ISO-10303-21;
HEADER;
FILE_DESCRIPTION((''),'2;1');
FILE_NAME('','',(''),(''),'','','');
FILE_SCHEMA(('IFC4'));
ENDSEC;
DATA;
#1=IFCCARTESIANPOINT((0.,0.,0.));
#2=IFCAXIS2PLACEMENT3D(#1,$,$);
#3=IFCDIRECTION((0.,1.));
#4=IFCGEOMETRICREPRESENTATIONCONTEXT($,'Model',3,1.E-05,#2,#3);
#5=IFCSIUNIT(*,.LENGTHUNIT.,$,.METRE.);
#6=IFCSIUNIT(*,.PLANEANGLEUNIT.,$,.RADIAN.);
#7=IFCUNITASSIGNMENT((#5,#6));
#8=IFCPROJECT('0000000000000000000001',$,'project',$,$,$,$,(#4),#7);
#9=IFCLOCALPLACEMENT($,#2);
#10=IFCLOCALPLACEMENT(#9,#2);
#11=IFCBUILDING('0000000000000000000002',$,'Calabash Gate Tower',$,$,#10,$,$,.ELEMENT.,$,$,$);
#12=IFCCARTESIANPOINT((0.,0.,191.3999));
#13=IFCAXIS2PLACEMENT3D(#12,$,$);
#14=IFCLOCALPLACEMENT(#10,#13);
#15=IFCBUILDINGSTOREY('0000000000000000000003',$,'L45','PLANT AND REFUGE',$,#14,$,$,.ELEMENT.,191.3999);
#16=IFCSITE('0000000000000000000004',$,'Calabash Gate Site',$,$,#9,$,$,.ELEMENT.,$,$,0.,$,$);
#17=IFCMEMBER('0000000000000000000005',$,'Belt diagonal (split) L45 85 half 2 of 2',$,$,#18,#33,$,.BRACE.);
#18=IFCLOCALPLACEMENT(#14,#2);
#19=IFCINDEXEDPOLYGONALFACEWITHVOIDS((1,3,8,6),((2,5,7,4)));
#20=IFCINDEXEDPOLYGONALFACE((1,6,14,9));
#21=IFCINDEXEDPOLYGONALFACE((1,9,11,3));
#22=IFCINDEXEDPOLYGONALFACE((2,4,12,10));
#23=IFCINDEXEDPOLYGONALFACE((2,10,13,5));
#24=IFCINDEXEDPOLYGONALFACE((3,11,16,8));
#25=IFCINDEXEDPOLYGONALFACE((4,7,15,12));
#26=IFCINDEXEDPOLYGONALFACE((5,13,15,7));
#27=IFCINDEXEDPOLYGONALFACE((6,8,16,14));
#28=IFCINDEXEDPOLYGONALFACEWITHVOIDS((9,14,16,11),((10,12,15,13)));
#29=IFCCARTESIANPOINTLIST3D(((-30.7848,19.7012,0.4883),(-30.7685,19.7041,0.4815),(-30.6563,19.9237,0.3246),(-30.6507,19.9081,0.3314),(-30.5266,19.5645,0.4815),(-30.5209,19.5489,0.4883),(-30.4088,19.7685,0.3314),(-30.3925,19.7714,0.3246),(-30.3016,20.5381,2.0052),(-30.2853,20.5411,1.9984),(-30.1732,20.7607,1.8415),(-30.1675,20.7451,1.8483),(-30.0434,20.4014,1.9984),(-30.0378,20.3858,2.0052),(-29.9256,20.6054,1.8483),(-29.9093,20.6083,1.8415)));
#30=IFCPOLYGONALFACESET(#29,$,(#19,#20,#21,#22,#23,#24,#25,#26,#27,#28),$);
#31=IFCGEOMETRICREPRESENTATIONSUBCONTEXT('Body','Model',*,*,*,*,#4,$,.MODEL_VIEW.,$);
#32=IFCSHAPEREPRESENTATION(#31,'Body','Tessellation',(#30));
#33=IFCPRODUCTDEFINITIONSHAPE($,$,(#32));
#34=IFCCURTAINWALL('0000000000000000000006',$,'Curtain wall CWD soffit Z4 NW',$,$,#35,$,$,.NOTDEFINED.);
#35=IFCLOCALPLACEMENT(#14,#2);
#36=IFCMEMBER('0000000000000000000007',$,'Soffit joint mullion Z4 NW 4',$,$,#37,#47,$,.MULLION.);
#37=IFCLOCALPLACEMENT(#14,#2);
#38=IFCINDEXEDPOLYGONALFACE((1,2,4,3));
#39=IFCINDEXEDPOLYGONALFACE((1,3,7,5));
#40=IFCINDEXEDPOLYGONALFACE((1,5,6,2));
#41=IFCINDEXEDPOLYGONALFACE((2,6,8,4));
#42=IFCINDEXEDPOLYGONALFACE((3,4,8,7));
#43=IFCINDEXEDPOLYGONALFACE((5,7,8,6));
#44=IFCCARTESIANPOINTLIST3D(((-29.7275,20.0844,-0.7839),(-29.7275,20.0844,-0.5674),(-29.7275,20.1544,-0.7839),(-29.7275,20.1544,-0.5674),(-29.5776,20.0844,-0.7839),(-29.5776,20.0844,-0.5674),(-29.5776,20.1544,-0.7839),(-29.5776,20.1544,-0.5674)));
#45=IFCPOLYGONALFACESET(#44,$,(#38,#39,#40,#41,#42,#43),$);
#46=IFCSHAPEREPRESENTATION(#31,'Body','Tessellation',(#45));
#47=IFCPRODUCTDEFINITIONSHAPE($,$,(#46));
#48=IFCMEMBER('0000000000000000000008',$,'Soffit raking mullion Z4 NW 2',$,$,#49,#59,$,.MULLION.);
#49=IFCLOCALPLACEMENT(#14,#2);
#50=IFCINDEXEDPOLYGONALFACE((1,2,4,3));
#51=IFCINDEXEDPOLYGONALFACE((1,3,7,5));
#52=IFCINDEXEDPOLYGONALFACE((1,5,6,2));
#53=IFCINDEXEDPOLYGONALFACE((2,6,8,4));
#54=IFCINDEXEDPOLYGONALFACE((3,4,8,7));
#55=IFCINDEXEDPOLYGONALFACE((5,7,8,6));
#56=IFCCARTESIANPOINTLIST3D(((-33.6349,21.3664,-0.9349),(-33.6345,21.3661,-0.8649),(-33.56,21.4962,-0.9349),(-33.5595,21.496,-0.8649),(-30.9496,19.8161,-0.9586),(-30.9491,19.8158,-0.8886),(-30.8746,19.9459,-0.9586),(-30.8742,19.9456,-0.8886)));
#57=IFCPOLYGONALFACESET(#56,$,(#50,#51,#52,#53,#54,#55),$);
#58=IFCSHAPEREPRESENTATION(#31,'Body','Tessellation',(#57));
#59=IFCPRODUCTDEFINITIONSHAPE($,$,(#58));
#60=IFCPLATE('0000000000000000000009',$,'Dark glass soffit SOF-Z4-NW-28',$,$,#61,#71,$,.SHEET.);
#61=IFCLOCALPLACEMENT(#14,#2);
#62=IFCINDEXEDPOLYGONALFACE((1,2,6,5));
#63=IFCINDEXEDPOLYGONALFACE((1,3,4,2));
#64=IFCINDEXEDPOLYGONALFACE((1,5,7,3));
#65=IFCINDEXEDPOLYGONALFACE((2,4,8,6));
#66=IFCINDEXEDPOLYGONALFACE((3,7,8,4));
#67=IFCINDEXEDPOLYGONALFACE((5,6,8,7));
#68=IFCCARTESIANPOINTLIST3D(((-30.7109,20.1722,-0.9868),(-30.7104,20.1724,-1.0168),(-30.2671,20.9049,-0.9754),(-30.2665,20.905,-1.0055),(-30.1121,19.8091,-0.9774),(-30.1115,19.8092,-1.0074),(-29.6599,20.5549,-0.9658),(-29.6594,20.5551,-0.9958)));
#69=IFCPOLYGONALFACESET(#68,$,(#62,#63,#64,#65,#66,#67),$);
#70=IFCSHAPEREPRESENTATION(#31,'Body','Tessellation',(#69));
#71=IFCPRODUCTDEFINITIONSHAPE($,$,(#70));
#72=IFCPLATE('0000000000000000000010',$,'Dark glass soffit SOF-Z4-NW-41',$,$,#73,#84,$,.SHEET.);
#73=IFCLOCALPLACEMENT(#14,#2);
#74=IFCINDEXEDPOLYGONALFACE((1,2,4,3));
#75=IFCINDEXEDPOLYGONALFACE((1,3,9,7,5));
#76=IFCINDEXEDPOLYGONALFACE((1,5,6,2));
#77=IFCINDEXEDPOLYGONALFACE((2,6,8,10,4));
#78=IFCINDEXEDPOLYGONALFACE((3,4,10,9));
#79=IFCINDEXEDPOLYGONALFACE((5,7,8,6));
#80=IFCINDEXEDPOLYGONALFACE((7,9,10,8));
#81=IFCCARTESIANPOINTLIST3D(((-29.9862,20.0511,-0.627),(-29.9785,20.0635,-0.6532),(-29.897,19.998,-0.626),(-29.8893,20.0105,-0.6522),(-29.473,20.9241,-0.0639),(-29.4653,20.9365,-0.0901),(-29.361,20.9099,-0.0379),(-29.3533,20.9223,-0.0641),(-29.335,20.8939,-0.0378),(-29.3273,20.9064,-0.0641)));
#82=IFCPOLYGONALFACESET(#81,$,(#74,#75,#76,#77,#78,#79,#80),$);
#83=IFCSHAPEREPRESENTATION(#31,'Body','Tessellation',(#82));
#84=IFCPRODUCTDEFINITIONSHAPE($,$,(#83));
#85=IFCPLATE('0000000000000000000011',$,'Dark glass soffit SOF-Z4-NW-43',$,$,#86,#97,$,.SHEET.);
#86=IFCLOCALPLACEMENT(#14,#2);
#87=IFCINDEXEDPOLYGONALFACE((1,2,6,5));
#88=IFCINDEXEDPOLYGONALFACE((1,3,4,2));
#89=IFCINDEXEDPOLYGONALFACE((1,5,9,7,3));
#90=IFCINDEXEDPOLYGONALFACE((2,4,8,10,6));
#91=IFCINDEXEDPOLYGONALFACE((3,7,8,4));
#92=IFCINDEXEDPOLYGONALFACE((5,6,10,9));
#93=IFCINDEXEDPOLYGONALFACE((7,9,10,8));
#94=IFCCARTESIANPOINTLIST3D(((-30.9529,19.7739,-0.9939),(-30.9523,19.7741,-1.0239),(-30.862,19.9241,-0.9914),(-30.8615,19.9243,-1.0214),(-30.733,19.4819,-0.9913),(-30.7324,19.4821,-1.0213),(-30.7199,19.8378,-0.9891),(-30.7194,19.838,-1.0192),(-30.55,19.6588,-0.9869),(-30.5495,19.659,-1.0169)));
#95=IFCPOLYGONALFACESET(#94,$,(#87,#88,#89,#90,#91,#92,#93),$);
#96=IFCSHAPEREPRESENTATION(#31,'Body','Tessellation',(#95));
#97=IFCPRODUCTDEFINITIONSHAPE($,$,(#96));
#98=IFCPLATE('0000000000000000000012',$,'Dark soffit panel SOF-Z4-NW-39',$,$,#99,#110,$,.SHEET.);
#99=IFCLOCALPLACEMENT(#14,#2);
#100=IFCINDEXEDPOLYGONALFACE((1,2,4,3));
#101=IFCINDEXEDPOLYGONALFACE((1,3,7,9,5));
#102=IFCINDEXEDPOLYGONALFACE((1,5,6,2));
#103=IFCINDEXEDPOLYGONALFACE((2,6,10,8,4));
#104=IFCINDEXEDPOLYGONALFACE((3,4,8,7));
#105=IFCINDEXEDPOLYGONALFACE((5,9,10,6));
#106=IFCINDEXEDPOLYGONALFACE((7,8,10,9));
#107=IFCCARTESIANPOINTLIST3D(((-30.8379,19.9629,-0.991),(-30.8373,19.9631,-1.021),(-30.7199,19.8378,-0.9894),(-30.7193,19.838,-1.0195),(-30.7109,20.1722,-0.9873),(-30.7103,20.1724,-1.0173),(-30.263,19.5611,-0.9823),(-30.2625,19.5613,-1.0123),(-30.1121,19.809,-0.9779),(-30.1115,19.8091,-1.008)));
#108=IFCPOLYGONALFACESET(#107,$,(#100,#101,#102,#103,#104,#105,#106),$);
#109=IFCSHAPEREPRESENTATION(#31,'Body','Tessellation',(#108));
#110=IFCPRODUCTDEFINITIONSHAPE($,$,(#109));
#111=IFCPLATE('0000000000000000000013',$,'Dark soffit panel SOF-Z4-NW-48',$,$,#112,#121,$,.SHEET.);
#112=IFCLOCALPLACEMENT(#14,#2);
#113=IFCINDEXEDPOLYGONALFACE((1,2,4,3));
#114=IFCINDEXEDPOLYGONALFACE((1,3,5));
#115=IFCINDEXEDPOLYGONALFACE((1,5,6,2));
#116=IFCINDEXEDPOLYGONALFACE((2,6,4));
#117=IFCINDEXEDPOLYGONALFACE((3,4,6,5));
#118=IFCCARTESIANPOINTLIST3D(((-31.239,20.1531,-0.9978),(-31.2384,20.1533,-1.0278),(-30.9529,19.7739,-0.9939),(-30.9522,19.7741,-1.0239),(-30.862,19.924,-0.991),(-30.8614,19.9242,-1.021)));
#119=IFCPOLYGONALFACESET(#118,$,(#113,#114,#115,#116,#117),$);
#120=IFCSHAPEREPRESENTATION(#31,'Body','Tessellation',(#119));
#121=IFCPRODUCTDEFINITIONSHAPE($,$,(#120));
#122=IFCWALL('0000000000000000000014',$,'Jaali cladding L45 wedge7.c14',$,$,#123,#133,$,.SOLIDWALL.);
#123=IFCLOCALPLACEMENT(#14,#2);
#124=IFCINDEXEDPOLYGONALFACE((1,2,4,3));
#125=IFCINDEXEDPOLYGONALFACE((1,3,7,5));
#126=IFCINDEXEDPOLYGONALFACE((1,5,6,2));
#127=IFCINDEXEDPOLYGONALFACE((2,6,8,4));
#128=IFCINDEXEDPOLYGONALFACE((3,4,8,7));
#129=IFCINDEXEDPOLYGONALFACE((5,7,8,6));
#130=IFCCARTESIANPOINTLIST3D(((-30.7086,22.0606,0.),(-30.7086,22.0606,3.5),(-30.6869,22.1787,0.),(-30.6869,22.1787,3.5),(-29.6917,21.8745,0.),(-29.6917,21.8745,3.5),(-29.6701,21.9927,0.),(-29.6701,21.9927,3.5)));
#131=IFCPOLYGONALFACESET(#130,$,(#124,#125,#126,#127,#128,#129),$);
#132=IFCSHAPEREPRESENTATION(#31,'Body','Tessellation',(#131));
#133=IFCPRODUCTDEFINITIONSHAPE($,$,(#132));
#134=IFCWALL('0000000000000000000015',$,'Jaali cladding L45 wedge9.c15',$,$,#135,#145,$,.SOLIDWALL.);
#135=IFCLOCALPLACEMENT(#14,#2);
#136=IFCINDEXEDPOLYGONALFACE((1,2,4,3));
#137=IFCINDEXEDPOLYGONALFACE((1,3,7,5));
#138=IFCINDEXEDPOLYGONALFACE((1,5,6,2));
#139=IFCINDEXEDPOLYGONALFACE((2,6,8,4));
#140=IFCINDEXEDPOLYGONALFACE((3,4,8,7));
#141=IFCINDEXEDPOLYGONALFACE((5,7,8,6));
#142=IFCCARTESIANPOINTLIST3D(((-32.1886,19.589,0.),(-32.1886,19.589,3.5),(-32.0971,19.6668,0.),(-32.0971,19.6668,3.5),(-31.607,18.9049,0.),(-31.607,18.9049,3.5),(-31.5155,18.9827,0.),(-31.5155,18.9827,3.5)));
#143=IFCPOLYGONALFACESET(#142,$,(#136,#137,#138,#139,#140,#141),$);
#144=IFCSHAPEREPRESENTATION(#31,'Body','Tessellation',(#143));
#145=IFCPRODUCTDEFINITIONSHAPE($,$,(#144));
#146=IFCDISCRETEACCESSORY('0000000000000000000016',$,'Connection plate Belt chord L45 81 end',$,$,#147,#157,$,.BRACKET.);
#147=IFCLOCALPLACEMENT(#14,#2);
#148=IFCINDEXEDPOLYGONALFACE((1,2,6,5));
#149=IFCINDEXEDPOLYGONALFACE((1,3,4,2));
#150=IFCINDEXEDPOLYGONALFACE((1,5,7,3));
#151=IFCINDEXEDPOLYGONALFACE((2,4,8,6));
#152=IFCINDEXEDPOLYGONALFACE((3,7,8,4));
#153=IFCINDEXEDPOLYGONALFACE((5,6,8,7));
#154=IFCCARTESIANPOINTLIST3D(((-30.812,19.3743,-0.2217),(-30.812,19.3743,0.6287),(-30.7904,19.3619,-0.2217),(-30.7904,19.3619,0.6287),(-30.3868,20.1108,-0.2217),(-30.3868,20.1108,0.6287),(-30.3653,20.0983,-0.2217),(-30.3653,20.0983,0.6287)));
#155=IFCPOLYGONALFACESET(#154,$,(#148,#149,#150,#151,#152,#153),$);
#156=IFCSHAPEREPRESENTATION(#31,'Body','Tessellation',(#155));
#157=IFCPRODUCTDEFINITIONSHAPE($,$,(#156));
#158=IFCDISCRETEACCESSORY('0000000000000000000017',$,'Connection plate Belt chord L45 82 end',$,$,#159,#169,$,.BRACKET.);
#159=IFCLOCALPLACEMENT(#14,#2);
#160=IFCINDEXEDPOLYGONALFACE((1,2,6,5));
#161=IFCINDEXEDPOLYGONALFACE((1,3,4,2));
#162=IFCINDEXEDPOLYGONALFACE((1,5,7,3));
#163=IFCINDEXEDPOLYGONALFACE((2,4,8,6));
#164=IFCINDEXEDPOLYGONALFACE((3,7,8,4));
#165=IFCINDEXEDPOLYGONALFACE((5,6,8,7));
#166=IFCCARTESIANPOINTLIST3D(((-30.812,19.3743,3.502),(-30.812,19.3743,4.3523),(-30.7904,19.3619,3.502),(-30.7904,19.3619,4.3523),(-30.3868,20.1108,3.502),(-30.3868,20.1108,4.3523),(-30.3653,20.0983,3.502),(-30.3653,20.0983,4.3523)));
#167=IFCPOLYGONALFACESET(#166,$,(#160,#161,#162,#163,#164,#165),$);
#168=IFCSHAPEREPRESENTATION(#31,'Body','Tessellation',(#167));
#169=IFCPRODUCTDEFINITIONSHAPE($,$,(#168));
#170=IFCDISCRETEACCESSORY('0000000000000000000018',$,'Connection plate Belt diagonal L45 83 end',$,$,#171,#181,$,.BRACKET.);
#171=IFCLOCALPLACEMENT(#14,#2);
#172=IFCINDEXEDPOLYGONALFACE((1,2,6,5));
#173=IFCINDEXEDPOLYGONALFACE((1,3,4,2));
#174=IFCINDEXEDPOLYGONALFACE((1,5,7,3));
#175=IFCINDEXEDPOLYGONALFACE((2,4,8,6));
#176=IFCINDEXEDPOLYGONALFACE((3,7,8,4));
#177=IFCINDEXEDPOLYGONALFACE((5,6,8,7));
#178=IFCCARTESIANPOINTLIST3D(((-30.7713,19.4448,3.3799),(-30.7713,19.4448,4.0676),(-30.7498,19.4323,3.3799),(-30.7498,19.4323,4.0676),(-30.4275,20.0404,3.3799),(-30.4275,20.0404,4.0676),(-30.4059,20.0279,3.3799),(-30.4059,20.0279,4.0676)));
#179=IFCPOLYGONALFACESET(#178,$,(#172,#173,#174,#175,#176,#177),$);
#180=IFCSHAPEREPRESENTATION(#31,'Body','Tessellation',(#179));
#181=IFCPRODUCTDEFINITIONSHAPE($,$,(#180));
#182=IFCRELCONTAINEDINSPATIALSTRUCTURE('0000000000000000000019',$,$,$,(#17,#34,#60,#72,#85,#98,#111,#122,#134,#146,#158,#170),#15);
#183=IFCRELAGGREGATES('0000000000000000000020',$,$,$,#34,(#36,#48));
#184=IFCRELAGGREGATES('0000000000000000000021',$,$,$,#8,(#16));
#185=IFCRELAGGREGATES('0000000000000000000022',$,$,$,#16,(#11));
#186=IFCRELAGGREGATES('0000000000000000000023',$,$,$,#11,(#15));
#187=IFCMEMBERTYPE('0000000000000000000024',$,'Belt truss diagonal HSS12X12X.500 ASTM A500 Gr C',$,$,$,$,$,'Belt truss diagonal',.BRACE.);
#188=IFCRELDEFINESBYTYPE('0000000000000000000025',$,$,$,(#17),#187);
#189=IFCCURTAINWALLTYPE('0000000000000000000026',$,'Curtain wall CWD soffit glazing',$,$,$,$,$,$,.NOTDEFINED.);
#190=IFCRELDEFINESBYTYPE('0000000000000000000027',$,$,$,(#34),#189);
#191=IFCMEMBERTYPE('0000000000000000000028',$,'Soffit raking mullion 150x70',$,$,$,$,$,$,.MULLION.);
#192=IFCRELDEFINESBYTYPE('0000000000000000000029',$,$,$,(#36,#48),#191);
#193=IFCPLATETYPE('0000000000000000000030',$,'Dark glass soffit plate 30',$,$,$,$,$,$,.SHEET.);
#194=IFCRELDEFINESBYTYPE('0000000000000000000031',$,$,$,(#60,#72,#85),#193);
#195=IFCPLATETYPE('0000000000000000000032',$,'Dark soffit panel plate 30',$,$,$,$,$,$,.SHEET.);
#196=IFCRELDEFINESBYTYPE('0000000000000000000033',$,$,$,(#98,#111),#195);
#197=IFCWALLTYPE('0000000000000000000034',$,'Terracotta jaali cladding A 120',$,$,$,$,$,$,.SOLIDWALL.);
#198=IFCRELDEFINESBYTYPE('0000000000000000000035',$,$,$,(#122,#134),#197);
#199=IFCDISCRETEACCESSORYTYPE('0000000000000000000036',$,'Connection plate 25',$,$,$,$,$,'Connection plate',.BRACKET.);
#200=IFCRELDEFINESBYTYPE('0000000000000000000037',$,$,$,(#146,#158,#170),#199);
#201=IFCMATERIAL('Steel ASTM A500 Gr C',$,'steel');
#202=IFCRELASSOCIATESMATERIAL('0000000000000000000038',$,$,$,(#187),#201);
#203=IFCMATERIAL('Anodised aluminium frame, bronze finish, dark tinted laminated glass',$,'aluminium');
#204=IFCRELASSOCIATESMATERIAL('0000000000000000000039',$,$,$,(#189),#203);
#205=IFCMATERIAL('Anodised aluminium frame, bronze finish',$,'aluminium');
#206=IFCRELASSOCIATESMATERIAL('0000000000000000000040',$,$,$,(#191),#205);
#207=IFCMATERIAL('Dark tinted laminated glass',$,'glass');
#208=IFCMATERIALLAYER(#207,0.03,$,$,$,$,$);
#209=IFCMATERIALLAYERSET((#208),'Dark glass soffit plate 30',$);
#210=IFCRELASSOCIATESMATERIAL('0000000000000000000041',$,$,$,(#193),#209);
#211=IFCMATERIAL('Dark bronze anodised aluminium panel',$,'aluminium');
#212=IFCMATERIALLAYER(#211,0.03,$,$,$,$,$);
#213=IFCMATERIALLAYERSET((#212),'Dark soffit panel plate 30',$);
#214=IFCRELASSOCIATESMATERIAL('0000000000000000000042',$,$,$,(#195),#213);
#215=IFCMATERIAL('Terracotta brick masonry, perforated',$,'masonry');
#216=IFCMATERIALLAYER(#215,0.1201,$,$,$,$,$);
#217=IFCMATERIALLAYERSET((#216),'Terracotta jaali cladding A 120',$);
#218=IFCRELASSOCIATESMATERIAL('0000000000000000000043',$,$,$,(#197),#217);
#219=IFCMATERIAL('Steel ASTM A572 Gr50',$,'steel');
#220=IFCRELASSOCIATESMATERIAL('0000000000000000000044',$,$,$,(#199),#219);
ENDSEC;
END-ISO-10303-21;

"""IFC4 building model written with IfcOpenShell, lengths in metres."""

from ifc_helpers import new_model, si_unit, direction, frame, frame_2d, origin, origin_2d, place, context, subcontext, project, spatial, polyline, rectangle, hollow_rectangle, outline, extrude, material, layer, layer_set, material_profile, profile_set, type_object, element, aggregate, save


model = new_model("IFC4")

# Units and contexts
model_context = context("Model", 3, precision=1e-05, world=origin(), true_north=direction((0.0, 1.0)))
body_context = subcontext(model_context, "Body", "Model", "MODEL_VIEW")
ifc_project = project(units=[si_unit("LENGTHUNIT", "METRE"), si_unit("PLANEANGLEUNIT", "RADIAN")], contexts=[model_context])

# Site, building, storey
site_placement = place(None, origin())
site = spatial("IfcSite", under=ifc_project, at=site_placement, Name="Calabash Gate Site", CompositionType="ELEMENT", RefElevation=0.0)
building_placement = place(site_placement, origin())
building = spatial("IfcBuilding", under=site, at=building_placement, Name="Calabash Gate Tower", CompositionType="ELEMENT")
storey_placement = place(building_placement, frame((0.0, 0.0, 191.3999)))
storey = spatial("IfcBuildingStorey", under=building, at=storey_placement, Name="L45", Description="PLANT AND REFUGE", CompositionType="ELEMENT", Elevation=191.3999)

# Member
ifc_material_1 = material(Name="Steel ASTM A500 Gr C", Category="steel")
ifc_material_profile_1 = material_profile(ifc_material_1, hollow_rectangle(XDim=0.3047, YDim=0.3047, WallThickness=0.0127, at=origin_2d()))
ifc_profile_set_1 = profile_set([ifc_material_profile_1], Name="Steel ASTM A500 Gr C")
member_type_1 = type_object("IfcMemberType", Name="Belt truss diagonal HSS12X12X.500 ASTM A500 Gr C", ElementType="Belt truss diagonal", PredefinedType="BRACE", material=ifc_profile_set_1)
member_1_placement = place(storey_placement, frame((-30.1055, 20.5732, 1.9233), z_axis=(-0.26864, -0.465334, -0.843384), x_axis=(0.866043, -0.49997, 0.0)))
element("IfcMember", 1, at=member_1_placement, inside=storey, type_object=member_type_1, Name="Belt diagonal (split) L45 85 half 2 of 2", PredefinedType="BRACE", context=body_context, shape_type="SweptSolid", body=[
    extrude(hollow_rectangle(XDim=0.3047, YDim=0.3047, WallThickness=0.0127, at=origin_2d()), origin(), (0.0, 0.0, 1.0), 1.7986),
])

# Curtain wall, members
ifc_material_2 = material(Name="Anodised aluminium frame, bronze finish, dark tinted laminated glass", Category="aluminium")
curtain_wall_type = type_object("IfcCurtainWallType", Name="Curtain wall CWD soffit glazing", PredefinedType="NOTDEFINED", material=ifc_material_2)
curtain_wall_placement = place(storey_placement, origin())
curtain_wall = element("IfcCurtainWall", 2, at=curtain_wall_placement, inside=storey, type_object=curtain_wall_type, Name="Curtain wall CWD soffit Z4 NW", PredefinedType="NOTDEFINED")
ifc_material_3 = material(Name="Anodised aluminium frame, bronze finish", Category="aluminium")
ifc_material_profile_2 = material_profile(ifc_material_3, rectangle(XDim=0.1499, YDim=0.0701, at=origin_2d()))
ifc_profile_set_2 = profile_set([ifc_material_profile_2], Name="Anodised aluminium frame, bronze finish")
member_type_2 = type_object("IfcMemberType", Name="Soffit raking mullion 150x70", PredefinedType="MULLION", material=ifc_profile_set_2)
member_2_placement = place(storey_placement, frame((-29.6526, 20.1194, -0.5674), z_axis=(0.0, 0.0, -1.0), x_axis=(1.0, 0.0, 0.0)))
member_2 = element("IfcMember", 3, at=member_2_placement, type_object=member_type_2, Name="Soffit joint mullion Z4 NW 4", PredefinedType="MULLION", context=body_context, shape_type="SweptSolid", body=[
    extrude(rectangle(XDim=0.1499, YDim=0.0701, at=origin_2d()), origin(), (0.0, 0.0, 1.0), 0.2166),
])
member_3_placement = place(storey_placement, frame((-30.9119, 19.8809, -0.9236), z_axis=(-0.86601, 0.499969, 0.007637), x_axis=(-0.499984, -0.866035, 0.0)))
member_3 = element("IfcMember", 4, at=member_3_placement, type_object=member_type_2, Name="Soffit raking mullion Z4 NW 2", PredefinedType="MULLION", context=body_context, shape_type="SweptSolid", body=[
    extrude(rectangle(XDim=0.1499, YDim=0.0701, at=origin_2d()), origin(), (0.0, 0.0, 1.0), 3.1008),
])
aggregate(curtain_wall, [member_2, member_3])

# Plates
ifc_material_4 = material(Name="Dark tinted laminated glass", Category="glass")
ifc_layer_1 = layer(ifc_material_4, 0.03)
ifc_layer_set_1 = layer_set([ifc_layer_1], Name="Dark glass soffit plate 30")
plate_type_1 = type_object("IfcPlateType", Name="Dark glass soffit plate 30", PredefinedType="SHEET", material=ifc_layer_set_1)
plate_1_placement = place(storey_placement, frame((-29.6599, 20.5549, -0.9658), z_axis=(-0.018377, -0.004381, 0.999822), x_axis=(-0.51836, -0.855059, -0.013275)))
element("IfcPlate", 5, at=plate_1_placement, inside=storey, type_object=plate_type_1, Name="Dark glass soffit SOF-Z4-NW-28", PredefinedType="SHEET", context=body_context, shape_type="SweptSolid", body=[
    extrude(outline(polyline([(0.0, 0.0), (0.8723, 0.0), (0.8723, -0.7004), (0.0156, -0.7007), (0.0, 0.0)])), origin(), (0.0, 0.0, -1.0), 0.03),
])
plate_2_placement = place(storey_placement, frame((-29.897, 19.998, -0.626), z_axis=(-0.255465, -0.413481, 0.87394), x_axis=(-0.859512, 0.511029, -0.009468)))
element("IfcPlate", 6, at=plate_2_placement, inside=storey, type_object=plate_type_1, Name="Dark glass soffit SOF-Z4-NW-41", PredefinedType="SHEET", context=body_context, shape_type="SweptSolid", body=[
    extrude(outline(polyline([(0.0, 0.0), (0.1038, 0.0), (0.1035, -1.1587), (-0.0002, -1.2102), (-0.0308, -1.2097), (0.0, 0.0)])), origin(), (0.0, 0.0, -1.0), 0.03),
])
plate_3_placement = place(storey_placement, frame((-30.9529, 19.7739, -0.9939), z_axis=(-0.018903, -0.005366, 0.999807), x_axis=(0.517535, 0.855542, 0.014377)))
element("IfcPlate", 7, at=plate_3_placement, inside=storey, type_object=plate_type_1, Name="Dark glass soffit SOF-Z4-NW-43", PredefinedType="SHEET", context=body_context, shape_type="SweptSolid", body=[
    extrude(outline(polyline([(0.0, 0.0), (0.1755, 0.0), (0.1753, -0.1663), (0.1101, -0.4043), (-0.136, -0.3394), (0.0, 0.0)])), origin(), (0.0, 0.0, -1.0), 0.03),
])
ifc_material_5 = material(Name="Dark bronze anodised aluminium panel", Category="aluminium")
ifc_layer_2 = layer(ifc_material_5, 0.03)
ifc_layer_set_2 = layer_set([ifc_layer_2], Name="Dark soffit panel plate 30")
plate_type_2 = type_object("IfcPlateType", Name="Dark soffit panel plate 30", PredefinedType="SHEET", material=ifc_layer_set_2)
plate_4_placement = place(storey_placement, frame((-30.8379, 19.9629, -0.991), z_axis=(-0.019162, -0.005772, 0.9998), x_axis=(0.51871, 0.854821, 0.014877)))
element("IfcPlate", 8, at=plate_4_placement, inside=storey, type_object=plate_type_2, Name="Dark soffit panel SOF-Z4-NW-39", PredefinedType="SHEET", context=body_context, shape_type="SweptSolid", body=[
    extrude(outline(polyline([(0.0, 0.0), (0.2449, 0.0), (0.2451, -0.7004), (-0.0452, -0.7), (-0.0457, -0.1658), (0.0, 0.0)])), origin(), (0.0, 0.0, -1.0), 0.03),
])
plate_5_placement = place(storey_placement, frame((-31.239, 20.1531, -0.9978), z_axis=(-0.021924, -0.006246, 0.99974), x_axis=(0.854545, -0.519147, 0.015497)))
element("IfcPlate", 9, at=plate_5_placement, inside=storey, type_object=plate_type_2, Name="Dark soffit panel SOF-Z4-NW-48", PredefinedType="SHEET", context=body_context, shape_type="SweptSolid", body=[
    extrude(outline(polyline([(0.0, 0.0), (0.4412, 0.0), (0.4414, -0.1755), (0.0, 0.0)])), origin(), (0.0, 0.0, -1.0), 0.03),
])

# Walls
ifc_material_6 = material(Name="Terracotta brick masonry, perforated", Category="masonry")
ifc_layer_3 = layer(ifc_material_6, 0.1201)
ifc_layer_set_3 = layer_set([ifc_layer_3], Name="Terracotta jaali cladding A 120")
wall_type = type_object("IfcWallType", Name="Terracotta jaali cladding A 120", PredefinedType="SOLIDWALL", material=ifc_layer_set_3)
wall_1_placement = place(storey_placement, frame((-30.6978, 22.1196, 0.0), z_axis=(0.0, 0.0, 1.0), x_axis=(0.983673, -0.179966, 0.0)))
element("IfcWall", 10, at=wall_1_placement, inside=storey, type_object=wall_type, Name="Jaali cladding L45 wedge7.c14", PredefinedType="SOLIDWALL", context=body_context, shape_type="SweptSolid", body=[
    extrude(rectangle(XDim=1.0337, YDim=0.1201, at=frame_2d((0.5168, 0.0))), origin(), (0.0, 0.0, 1.0), 3.5),
])
wall_2_placement = place(storey_placement, frame((-32.1428, 19.6279, 0.0), z_axis=(0.0, 0.0, 1.0), x_axis=(0.647696, -0.761899, 0.0)))
element("IfcWall", 11, at=wall_2_placement, inside=storey, type_object=wall_type, Name="Jaali cladding L45 wedge9.c15", PredefinedType="SOLIDWALL", context=body_context, shape_type="SweptSolid", body=[
    extrude(rectangle(XDim=0.8979, YDim=0.1201, at=frame_2d((0.449, 0.0))), origin(), (0.0, 0.0, 1.0), 3.5),
])

# Discrete accessories
ifc_material_7 = material(Name="Steel ASTM A572 Gr50", Category="steel")
discrete_accessory_type_1 = type_object("IfcDiscreteAccessoryType", Name="Connection plate 25", ElementType="Connection plate", PredefinedType="BRACKET", material=ifc_material_7)
for number, where, z_axis, x_axis, name in (
    (12, (-30.5886, 19.7363, -0.2217), (0.0, 0.0, 1.0), (-0.5, -0.866025, 0.0), "Connection plate Belt chord L45 81 end"),
    (13, (-30.5886, 19.7363, 3.502), (0.0, 0.0, 1.0), (-0.5, -0.866025, 0.0), "Connection plate Belt chord L45 82 end"),
):
    element("IfcDiscreteAccessory", number, at=place(storey_placement, frame(where, z_axis=z_axis, x_axis=x_axis)), inside=storey, type_object=discrete_accessory_type_1, Name=name, PredefinedType="BRACKET", context=body_context, shape_type="SweptSolid", body=[
        extrude(rectangle(XDim=0.8503, YDim=0.0249, at=origin_2d()), origin(), (0.0, 0.0, 1.0), 0.8503),
    ])
for number, where, z_axis, x_axis, name in (
    (14, (-30.5886, 19.7363, 3.3799), (0.0, 0.0, 1.0), (-0.5, -0.866025, 0.0), "Connection plate Belt diagonal L45 83 end"),
):
    element("IfcDiscreteAccessory", number, at=place(storey_placement, frame(where, z_axis=z_axis, x_axis=x_axis)), inside=storey, type_object=discrete_accessory_type_1, Name=name, PredefinedType="BRACKET", context=body_context, shape_type="SweptSolid", body=[
        extrude(rectangle(XDim=0.6877, YDim=0.0249, at=origin_2d()), origin(), (0.0, 0.0, 1.0), 0.6877),
    ])

save(model, "model.ifc")
